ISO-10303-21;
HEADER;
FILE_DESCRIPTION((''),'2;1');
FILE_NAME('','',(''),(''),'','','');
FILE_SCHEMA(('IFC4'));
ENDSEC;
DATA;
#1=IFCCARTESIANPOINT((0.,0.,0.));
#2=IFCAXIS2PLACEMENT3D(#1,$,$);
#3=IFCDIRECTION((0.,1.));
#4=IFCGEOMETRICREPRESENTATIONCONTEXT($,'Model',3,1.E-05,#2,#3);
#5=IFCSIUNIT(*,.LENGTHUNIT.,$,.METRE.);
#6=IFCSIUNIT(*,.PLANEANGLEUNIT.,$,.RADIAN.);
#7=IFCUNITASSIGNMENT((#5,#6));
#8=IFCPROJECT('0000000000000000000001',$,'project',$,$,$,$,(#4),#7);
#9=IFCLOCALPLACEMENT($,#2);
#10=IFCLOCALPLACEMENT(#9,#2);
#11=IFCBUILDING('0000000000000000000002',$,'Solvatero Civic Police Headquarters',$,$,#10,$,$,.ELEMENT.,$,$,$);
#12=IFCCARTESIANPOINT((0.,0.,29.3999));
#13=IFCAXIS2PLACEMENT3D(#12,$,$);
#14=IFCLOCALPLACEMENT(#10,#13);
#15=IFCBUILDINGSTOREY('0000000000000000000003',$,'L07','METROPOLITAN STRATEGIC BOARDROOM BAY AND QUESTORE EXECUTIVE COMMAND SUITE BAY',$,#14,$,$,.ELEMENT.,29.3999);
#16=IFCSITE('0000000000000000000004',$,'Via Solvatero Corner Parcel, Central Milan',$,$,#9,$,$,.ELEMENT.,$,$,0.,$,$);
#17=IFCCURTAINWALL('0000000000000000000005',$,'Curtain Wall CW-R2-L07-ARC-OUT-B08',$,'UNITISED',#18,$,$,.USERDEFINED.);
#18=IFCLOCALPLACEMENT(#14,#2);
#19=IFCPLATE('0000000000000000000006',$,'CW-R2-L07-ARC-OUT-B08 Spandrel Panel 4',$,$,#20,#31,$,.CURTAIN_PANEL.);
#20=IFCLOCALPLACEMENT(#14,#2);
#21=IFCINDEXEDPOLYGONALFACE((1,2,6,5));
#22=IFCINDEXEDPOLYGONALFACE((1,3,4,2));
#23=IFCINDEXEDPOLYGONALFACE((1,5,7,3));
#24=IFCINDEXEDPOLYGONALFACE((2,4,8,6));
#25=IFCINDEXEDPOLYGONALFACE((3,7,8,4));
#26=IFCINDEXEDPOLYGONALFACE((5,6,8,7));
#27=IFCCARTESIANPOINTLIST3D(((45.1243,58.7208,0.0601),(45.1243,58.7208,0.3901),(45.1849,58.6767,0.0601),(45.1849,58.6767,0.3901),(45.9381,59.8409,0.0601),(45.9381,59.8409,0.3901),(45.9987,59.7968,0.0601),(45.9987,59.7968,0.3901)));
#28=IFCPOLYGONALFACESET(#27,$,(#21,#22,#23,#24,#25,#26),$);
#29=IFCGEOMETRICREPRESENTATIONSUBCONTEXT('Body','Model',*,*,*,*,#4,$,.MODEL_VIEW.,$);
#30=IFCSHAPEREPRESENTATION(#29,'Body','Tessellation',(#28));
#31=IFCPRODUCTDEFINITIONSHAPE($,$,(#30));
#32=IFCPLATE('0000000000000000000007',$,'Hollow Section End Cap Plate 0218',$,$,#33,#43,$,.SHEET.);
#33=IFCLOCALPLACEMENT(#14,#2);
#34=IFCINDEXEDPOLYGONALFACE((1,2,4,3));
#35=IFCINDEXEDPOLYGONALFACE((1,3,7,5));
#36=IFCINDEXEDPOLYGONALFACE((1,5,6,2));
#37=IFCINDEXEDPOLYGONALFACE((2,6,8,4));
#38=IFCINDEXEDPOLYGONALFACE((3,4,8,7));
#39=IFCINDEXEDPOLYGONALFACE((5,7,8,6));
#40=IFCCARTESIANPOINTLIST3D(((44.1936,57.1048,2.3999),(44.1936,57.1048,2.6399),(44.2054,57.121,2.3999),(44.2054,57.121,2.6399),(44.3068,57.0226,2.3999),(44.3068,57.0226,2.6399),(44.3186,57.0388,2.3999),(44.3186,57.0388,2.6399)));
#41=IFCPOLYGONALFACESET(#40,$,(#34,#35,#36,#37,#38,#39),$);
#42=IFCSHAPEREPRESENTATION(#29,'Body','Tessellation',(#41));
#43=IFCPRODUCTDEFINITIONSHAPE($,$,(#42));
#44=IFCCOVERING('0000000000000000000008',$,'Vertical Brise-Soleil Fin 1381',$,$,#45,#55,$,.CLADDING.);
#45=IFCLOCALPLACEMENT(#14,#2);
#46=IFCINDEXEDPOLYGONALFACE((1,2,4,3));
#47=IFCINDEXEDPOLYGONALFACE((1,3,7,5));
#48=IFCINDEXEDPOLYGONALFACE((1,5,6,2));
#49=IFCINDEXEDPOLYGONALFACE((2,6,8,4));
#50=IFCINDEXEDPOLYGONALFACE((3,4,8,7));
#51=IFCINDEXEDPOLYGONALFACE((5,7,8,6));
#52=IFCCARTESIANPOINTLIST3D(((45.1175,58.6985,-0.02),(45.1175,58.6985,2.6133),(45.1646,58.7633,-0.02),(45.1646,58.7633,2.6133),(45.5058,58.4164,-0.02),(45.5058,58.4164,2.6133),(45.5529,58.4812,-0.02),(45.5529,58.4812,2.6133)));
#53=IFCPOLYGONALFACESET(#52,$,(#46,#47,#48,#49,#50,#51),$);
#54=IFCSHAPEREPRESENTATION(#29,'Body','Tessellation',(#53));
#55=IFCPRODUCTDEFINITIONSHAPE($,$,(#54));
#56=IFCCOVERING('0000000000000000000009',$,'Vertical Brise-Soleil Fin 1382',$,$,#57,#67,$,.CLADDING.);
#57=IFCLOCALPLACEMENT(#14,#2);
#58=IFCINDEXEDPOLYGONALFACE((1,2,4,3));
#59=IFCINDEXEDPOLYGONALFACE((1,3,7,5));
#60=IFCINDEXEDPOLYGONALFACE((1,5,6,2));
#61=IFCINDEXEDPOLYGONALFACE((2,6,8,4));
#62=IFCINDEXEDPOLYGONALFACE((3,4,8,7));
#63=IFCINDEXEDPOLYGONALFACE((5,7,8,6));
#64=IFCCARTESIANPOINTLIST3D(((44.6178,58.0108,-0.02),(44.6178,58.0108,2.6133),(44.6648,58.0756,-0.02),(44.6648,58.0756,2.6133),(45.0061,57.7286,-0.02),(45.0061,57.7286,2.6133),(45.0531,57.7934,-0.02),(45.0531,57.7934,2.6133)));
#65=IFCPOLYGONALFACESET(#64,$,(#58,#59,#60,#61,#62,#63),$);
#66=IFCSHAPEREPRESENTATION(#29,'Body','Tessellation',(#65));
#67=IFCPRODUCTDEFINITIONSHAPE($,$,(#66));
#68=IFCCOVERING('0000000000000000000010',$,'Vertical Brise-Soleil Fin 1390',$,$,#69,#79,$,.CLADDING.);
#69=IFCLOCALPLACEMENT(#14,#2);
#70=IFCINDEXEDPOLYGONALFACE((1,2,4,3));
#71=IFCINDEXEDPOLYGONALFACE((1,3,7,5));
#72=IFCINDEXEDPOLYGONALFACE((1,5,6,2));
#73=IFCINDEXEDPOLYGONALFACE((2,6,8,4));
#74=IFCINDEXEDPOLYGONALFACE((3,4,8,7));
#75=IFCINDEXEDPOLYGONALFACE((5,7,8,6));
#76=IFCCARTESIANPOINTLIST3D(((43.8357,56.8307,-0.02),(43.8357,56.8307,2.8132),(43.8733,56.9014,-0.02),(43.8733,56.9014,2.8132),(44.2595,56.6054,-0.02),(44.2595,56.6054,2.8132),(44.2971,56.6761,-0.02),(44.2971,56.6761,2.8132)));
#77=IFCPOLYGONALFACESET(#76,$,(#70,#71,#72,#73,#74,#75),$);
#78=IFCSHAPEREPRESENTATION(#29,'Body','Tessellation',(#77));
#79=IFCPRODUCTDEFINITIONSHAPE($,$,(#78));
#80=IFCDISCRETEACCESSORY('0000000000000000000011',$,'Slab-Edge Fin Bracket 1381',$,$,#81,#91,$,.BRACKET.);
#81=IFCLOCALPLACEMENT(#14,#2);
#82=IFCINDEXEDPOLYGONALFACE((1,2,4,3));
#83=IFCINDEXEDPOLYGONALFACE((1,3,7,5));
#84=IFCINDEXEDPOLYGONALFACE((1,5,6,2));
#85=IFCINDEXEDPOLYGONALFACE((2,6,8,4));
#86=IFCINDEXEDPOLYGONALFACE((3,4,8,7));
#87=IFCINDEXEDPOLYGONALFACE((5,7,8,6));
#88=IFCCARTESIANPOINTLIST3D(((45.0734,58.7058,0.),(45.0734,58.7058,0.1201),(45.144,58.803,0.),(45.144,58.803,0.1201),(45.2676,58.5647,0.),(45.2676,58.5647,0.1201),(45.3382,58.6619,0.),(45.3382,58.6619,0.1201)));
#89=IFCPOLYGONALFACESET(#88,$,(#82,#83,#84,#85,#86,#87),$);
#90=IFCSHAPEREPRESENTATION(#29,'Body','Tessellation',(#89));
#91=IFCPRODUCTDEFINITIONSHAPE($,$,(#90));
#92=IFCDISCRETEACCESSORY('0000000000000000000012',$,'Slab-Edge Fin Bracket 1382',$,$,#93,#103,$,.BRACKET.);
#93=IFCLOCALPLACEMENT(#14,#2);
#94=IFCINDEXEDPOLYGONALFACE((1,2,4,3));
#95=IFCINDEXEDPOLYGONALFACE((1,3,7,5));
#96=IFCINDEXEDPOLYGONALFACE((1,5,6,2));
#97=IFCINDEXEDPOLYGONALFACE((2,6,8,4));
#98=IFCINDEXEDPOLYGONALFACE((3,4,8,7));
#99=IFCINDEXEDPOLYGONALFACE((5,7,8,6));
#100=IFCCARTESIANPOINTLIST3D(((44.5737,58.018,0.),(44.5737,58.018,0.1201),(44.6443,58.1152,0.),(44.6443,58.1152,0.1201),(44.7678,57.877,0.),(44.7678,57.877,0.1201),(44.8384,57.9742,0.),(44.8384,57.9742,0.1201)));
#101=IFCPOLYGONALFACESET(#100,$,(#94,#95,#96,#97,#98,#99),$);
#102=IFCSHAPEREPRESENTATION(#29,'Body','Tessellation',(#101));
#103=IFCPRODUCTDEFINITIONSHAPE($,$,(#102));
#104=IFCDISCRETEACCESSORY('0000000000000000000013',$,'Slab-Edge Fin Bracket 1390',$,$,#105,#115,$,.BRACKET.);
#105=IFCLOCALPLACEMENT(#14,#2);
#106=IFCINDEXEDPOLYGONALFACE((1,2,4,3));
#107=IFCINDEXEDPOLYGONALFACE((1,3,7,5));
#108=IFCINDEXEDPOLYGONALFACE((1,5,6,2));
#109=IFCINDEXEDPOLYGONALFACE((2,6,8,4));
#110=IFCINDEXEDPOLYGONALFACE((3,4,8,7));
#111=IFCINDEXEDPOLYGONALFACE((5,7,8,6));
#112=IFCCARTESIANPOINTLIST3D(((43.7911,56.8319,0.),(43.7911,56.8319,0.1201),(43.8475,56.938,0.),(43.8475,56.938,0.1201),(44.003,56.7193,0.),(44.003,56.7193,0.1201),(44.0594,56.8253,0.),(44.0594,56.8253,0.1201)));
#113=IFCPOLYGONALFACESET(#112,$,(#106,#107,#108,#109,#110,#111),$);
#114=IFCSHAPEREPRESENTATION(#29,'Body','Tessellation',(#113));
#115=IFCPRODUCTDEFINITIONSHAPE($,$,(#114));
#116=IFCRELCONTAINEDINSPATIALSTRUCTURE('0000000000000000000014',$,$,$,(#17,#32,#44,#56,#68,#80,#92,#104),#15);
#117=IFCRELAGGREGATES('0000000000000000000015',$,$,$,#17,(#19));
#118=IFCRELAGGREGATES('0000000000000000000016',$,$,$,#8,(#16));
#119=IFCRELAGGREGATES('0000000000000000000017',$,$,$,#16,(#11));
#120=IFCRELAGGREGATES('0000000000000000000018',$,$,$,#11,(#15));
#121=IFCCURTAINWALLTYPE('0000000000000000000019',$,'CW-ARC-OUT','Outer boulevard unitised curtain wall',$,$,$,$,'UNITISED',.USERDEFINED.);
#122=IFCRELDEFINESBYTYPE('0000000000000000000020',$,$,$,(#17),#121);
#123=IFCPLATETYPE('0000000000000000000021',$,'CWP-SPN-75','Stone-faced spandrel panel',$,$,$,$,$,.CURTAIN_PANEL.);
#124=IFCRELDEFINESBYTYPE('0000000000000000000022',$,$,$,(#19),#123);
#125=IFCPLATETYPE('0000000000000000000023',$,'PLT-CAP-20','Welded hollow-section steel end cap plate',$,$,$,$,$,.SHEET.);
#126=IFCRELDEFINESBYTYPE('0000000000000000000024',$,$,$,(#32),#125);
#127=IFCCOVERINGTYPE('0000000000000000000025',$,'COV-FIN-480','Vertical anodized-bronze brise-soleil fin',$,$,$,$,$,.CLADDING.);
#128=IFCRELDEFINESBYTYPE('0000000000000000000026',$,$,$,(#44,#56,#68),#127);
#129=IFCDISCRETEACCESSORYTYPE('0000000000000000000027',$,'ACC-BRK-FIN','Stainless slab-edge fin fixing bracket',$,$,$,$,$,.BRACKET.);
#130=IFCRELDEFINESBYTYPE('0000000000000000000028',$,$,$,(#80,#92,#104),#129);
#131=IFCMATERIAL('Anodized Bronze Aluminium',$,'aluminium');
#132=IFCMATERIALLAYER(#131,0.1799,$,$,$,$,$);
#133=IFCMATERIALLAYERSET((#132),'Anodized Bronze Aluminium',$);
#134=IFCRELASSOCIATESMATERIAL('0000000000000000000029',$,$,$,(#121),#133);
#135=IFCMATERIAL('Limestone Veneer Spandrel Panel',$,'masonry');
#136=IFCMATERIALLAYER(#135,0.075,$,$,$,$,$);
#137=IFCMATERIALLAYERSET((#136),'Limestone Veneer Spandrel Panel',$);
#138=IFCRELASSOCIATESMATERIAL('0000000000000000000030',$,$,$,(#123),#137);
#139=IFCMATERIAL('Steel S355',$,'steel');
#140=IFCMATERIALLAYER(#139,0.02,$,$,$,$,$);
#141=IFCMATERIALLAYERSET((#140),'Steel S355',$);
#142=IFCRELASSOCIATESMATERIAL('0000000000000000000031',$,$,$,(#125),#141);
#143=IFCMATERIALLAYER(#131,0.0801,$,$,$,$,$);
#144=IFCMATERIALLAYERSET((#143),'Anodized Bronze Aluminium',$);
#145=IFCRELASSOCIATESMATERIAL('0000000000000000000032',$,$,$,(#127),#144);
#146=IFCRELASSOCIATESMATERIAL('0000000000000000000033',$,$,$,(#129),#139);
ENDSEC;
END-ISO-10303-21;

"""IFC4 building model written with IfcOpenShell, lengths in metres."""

from ifc_helpers import new_model, si_unit, direction, frame, origin, origin_2d, place, context, subcontext, project, spatial, rectangle, extrude, material, layer, layer_set, type_object, element, aggregate, save


model = new_model("IFC4")

# Units and contexts
model_context = context("Model", 3, precision=1e-05, world=origin(), true_north=direction((0.0, 1.0)))
body_context = subcontext(model_context, "Body", "Model", "MODEL_VIEW")
ifc_project = project(units=[si_unit("LENGTHUNIT", "METRE"), si_unit("PLANEANGLEUNIT", "RADIAN")], contexts=[model_context])

# Site, building, storey
site_placement = place(None, origin())
site = spatial("IfcSite", under=ifc_project, at=site_placement, Name="Via Solvatero Corner Parcel, Central Milan", CompositionType="ELEMENT", RefElevation=0.0)
building_placement = place(site_placement, origin())
building = spatial("IfcBuilding", under=site, at=building_placement, Name="Solvatero Civic Police Headquarters", CompositionType="ELEMENT")
storey_placement = place(building_placement, frame((0.0, 0.0, 29.3999)))
storey = spatial("IfcBuildingStorey", under=building, at=storey_placement, Name="L07", Description="METROPOLITAN STRATEGIC BOARDROOM BAY AND QUESTORE EXECUTIVE COMMAND SUITE BAY", CompositionType="ELEMENT", Elevation=29.3999)

# Shared definitions
ifc_material_1 = material(Name="Steel S355", Category="steel")

# Shared definitions
ifc_material_2 = material(Name="Anodized Bronze Aluminium", Category="aluminium")
ifc_layer_1 = layer(ifc_material_2, 0.1799)
ifc_layer_set_1 = layer_set([ifc_layer_1], Name="Anodized Bronze Aluminium")
curtain_wall_type = type_object("IfcCurtainWallType", Name="CW-ARC-OUT", Description="Outer boulevard unitised curtain wall", ElementType="UNITISED", PredefinedType="USERDEFINED", material=ifc_layer_set_1)

# Curtain wall
curtain_wall_1_placement = place(storey_placement, origin())
curtain_wall_1 = element("IfcCurtainWall", 1, at=curtain_wall_1_placement, inside=storey, type_object=curtain_wall_type, Name="Curtain Wall CW-R2-L07-ARC-OUT-B08", ObjectType="UNITISED", PredefinedType="USERDEFINED")

# Plates
ifc_material_3 = material(Name="Limestone Veneer Spandrel Panel", Category="masonry")
ifc_layer_2 = layer(ifc_material_3, 0.075)
ifc_layer_set_2 = layer_set([ifc_layer_2], Name="Limestone Veneer Spandrel Panel")
plate_type_1 = type_object("IfcPlateType", Name="CWP-SPN-75", Description="Stone-faced spandrel panel", PredefinedType="CURTAIN_PANEL", material=ifc_layer_set_2)
plate_1_placement = place(storey_placement, frame((45.5615, 59.2588, 0.0601), z_axis=(0.0, 0.0, 1.0), x_axis=(-0.587785, -0.809017, 0.0)))
plate_1 = element("IfcPlate", 2, at=plate_1_placement, type_object=plate_type_1, Name="CW-R2-L07-ARC-OUT-B08 Spandrel Panel 4", PredefinedType="CURTAIN_PANEL", context=body_context, shape_type="SweptSolid", body=[
    extrude(rectangle(XDim=1.3845, YDim=0.075, at=origin_2d()), origin(), (0.0, 0.0, 1.0), 0.3301),
])
aggregate(curtain_wall_1, [plate_1])
ifc_layer_3 = layer(ifc_material_1, 0.02)
ifc_layer_set_3 = layer_set([ifc_layer_3], Name="Steel S355")
plate_type_2 = type_object("IfcPlateType", Name="PLT-CAP-20", Description="Welded hollow-section steel end cap plate", PredefinedType="SHEET", material=ifc_layer_set_3)
plate_2_placement = place(storey_placement, frame((44.2561, 57.0718, 2.3999), z_axis=(0.0, 0.0, 1.0), x_axis=(-0.587785, -0.809017, 0.0)))
element("IfcPlate", 3, at=plate_2_placement, inside=storey, type_object=plate_type_2, Name="Hollow Section End Cap Plate 0218", PredefinedType="SHEET", context=body_context, shape_type="SweptSolid", body=[
    extrude(rectangle(XDim=0.02, YDim=0.1399, at=origin_2d()), origin(), (0.0, 0.0, 1.0), 0.24),
])

# Coverings
ifc_layer_4 = layer(ifc_material_2, 0.0801)
ifc_layer_set_4 = layer_set([ifc_layer_4], Name="Anodized Bronze Aluminium")
covering_type = type_object("IfcCoveringType", Name="COV-FIN-480", Description="Vertical anodized-bronze brise-soleil fin", PredefinedType="CLADDING", material=ifc_layer_set_4)
for number, where, z_axis, x_axis, name in (
    (4, (45.3352, 58.5898, -0.02), (0.0, 0.0, 1.0), (-0.587785, -0.809017, 0.0), "Vertical Brise-Soleil Fin 1381"),
    (5, (44.8354, 57.9021, -0.02), (0.0, 0.0, 1.0), (-0.587785, -0.809017, 0.0), "Vertical Brise-Soleil Fin 1382"),
):
    element("IfcCovering", number, at=place(storey_placement, frame(where, z_axis=z_axis, x_axis=x_axis)), inside=storey, type_object=covering_type, Name=name, PredefinedType="CLADDING", context=body_context, shape_type="SweptSolid", body=[
        extrude(rectangle(XDim=0.0801, YDim=0.48, at=origin_2d()), origin(), (0.0, 0.0, 1.0), 2.6333),
    ])
covering_placement = place(storey_placement, frame((44.0664, 56.7534, -0.02), z_axis=(0.0, 0.0, 1.0), x_axis=(-0.469472, -0.882948, 0.0)))
element("IfcCovering", 6, at=covering_placement, inside=storey, type_object=covering_type, Name="Vertical Brise-Soleil Fin 1390", PredefinedType="CLADDING", context=body_context, shape_type="SweptSolid", body=[
    extrude(rectangle(XDim=0.0801, YDim=0.48, at=origin_2d()), origin(), (0.0, 0.0, 1.0), 2.8333),
])

# Discrete accessories
discrete_accessory_type = type_object("IfcDiscreteAccessoryType", Name="ACC-BRK-FIN", Description="Stainless slab-edge fin fixing bracket", PredefinedType="BRACKET", material=ifc_material_1)
for number, where, z_axis, x_axis, name in (
    (7, (45.2058, 58.6838, 0.0), (0.0, 0.0, 1.0), (-0.587785, -0.809017, 0.0), "Slab-Edge Fin Bracket 1381"),
    (8, (44.7061, 57.9961, 0.0), (0.0, 0.0, 1.0), (-0.587785, -0.809017, 0.0), "Slab-Edge Fin Bracket 1382"),
    (9, (43.9253, 56.8286, 0.0), (0.0, 0.0, 1.0), (-0.469472, -0.882948, 0.0), "Slab-Edge Fin Bracket 1390"),
):
    element("IfcDiscreteAccessory", number, at=place(storey_placement, frame(where, z_axis=z_axis, x_axis=x_axis)), inside=storey, type_object=discrete_accessory_type, Name=name, PredefinedType="BRACKET", context=body_context, shape_type="SweptSolid", body=[
        extrude(rectangle(XDim=0.1201, YDim=0.24, at=origin_2d()), origin(), (0.0, 0.0, 1.0), 0.1201),
    ])

save(model, "model.ifc")
